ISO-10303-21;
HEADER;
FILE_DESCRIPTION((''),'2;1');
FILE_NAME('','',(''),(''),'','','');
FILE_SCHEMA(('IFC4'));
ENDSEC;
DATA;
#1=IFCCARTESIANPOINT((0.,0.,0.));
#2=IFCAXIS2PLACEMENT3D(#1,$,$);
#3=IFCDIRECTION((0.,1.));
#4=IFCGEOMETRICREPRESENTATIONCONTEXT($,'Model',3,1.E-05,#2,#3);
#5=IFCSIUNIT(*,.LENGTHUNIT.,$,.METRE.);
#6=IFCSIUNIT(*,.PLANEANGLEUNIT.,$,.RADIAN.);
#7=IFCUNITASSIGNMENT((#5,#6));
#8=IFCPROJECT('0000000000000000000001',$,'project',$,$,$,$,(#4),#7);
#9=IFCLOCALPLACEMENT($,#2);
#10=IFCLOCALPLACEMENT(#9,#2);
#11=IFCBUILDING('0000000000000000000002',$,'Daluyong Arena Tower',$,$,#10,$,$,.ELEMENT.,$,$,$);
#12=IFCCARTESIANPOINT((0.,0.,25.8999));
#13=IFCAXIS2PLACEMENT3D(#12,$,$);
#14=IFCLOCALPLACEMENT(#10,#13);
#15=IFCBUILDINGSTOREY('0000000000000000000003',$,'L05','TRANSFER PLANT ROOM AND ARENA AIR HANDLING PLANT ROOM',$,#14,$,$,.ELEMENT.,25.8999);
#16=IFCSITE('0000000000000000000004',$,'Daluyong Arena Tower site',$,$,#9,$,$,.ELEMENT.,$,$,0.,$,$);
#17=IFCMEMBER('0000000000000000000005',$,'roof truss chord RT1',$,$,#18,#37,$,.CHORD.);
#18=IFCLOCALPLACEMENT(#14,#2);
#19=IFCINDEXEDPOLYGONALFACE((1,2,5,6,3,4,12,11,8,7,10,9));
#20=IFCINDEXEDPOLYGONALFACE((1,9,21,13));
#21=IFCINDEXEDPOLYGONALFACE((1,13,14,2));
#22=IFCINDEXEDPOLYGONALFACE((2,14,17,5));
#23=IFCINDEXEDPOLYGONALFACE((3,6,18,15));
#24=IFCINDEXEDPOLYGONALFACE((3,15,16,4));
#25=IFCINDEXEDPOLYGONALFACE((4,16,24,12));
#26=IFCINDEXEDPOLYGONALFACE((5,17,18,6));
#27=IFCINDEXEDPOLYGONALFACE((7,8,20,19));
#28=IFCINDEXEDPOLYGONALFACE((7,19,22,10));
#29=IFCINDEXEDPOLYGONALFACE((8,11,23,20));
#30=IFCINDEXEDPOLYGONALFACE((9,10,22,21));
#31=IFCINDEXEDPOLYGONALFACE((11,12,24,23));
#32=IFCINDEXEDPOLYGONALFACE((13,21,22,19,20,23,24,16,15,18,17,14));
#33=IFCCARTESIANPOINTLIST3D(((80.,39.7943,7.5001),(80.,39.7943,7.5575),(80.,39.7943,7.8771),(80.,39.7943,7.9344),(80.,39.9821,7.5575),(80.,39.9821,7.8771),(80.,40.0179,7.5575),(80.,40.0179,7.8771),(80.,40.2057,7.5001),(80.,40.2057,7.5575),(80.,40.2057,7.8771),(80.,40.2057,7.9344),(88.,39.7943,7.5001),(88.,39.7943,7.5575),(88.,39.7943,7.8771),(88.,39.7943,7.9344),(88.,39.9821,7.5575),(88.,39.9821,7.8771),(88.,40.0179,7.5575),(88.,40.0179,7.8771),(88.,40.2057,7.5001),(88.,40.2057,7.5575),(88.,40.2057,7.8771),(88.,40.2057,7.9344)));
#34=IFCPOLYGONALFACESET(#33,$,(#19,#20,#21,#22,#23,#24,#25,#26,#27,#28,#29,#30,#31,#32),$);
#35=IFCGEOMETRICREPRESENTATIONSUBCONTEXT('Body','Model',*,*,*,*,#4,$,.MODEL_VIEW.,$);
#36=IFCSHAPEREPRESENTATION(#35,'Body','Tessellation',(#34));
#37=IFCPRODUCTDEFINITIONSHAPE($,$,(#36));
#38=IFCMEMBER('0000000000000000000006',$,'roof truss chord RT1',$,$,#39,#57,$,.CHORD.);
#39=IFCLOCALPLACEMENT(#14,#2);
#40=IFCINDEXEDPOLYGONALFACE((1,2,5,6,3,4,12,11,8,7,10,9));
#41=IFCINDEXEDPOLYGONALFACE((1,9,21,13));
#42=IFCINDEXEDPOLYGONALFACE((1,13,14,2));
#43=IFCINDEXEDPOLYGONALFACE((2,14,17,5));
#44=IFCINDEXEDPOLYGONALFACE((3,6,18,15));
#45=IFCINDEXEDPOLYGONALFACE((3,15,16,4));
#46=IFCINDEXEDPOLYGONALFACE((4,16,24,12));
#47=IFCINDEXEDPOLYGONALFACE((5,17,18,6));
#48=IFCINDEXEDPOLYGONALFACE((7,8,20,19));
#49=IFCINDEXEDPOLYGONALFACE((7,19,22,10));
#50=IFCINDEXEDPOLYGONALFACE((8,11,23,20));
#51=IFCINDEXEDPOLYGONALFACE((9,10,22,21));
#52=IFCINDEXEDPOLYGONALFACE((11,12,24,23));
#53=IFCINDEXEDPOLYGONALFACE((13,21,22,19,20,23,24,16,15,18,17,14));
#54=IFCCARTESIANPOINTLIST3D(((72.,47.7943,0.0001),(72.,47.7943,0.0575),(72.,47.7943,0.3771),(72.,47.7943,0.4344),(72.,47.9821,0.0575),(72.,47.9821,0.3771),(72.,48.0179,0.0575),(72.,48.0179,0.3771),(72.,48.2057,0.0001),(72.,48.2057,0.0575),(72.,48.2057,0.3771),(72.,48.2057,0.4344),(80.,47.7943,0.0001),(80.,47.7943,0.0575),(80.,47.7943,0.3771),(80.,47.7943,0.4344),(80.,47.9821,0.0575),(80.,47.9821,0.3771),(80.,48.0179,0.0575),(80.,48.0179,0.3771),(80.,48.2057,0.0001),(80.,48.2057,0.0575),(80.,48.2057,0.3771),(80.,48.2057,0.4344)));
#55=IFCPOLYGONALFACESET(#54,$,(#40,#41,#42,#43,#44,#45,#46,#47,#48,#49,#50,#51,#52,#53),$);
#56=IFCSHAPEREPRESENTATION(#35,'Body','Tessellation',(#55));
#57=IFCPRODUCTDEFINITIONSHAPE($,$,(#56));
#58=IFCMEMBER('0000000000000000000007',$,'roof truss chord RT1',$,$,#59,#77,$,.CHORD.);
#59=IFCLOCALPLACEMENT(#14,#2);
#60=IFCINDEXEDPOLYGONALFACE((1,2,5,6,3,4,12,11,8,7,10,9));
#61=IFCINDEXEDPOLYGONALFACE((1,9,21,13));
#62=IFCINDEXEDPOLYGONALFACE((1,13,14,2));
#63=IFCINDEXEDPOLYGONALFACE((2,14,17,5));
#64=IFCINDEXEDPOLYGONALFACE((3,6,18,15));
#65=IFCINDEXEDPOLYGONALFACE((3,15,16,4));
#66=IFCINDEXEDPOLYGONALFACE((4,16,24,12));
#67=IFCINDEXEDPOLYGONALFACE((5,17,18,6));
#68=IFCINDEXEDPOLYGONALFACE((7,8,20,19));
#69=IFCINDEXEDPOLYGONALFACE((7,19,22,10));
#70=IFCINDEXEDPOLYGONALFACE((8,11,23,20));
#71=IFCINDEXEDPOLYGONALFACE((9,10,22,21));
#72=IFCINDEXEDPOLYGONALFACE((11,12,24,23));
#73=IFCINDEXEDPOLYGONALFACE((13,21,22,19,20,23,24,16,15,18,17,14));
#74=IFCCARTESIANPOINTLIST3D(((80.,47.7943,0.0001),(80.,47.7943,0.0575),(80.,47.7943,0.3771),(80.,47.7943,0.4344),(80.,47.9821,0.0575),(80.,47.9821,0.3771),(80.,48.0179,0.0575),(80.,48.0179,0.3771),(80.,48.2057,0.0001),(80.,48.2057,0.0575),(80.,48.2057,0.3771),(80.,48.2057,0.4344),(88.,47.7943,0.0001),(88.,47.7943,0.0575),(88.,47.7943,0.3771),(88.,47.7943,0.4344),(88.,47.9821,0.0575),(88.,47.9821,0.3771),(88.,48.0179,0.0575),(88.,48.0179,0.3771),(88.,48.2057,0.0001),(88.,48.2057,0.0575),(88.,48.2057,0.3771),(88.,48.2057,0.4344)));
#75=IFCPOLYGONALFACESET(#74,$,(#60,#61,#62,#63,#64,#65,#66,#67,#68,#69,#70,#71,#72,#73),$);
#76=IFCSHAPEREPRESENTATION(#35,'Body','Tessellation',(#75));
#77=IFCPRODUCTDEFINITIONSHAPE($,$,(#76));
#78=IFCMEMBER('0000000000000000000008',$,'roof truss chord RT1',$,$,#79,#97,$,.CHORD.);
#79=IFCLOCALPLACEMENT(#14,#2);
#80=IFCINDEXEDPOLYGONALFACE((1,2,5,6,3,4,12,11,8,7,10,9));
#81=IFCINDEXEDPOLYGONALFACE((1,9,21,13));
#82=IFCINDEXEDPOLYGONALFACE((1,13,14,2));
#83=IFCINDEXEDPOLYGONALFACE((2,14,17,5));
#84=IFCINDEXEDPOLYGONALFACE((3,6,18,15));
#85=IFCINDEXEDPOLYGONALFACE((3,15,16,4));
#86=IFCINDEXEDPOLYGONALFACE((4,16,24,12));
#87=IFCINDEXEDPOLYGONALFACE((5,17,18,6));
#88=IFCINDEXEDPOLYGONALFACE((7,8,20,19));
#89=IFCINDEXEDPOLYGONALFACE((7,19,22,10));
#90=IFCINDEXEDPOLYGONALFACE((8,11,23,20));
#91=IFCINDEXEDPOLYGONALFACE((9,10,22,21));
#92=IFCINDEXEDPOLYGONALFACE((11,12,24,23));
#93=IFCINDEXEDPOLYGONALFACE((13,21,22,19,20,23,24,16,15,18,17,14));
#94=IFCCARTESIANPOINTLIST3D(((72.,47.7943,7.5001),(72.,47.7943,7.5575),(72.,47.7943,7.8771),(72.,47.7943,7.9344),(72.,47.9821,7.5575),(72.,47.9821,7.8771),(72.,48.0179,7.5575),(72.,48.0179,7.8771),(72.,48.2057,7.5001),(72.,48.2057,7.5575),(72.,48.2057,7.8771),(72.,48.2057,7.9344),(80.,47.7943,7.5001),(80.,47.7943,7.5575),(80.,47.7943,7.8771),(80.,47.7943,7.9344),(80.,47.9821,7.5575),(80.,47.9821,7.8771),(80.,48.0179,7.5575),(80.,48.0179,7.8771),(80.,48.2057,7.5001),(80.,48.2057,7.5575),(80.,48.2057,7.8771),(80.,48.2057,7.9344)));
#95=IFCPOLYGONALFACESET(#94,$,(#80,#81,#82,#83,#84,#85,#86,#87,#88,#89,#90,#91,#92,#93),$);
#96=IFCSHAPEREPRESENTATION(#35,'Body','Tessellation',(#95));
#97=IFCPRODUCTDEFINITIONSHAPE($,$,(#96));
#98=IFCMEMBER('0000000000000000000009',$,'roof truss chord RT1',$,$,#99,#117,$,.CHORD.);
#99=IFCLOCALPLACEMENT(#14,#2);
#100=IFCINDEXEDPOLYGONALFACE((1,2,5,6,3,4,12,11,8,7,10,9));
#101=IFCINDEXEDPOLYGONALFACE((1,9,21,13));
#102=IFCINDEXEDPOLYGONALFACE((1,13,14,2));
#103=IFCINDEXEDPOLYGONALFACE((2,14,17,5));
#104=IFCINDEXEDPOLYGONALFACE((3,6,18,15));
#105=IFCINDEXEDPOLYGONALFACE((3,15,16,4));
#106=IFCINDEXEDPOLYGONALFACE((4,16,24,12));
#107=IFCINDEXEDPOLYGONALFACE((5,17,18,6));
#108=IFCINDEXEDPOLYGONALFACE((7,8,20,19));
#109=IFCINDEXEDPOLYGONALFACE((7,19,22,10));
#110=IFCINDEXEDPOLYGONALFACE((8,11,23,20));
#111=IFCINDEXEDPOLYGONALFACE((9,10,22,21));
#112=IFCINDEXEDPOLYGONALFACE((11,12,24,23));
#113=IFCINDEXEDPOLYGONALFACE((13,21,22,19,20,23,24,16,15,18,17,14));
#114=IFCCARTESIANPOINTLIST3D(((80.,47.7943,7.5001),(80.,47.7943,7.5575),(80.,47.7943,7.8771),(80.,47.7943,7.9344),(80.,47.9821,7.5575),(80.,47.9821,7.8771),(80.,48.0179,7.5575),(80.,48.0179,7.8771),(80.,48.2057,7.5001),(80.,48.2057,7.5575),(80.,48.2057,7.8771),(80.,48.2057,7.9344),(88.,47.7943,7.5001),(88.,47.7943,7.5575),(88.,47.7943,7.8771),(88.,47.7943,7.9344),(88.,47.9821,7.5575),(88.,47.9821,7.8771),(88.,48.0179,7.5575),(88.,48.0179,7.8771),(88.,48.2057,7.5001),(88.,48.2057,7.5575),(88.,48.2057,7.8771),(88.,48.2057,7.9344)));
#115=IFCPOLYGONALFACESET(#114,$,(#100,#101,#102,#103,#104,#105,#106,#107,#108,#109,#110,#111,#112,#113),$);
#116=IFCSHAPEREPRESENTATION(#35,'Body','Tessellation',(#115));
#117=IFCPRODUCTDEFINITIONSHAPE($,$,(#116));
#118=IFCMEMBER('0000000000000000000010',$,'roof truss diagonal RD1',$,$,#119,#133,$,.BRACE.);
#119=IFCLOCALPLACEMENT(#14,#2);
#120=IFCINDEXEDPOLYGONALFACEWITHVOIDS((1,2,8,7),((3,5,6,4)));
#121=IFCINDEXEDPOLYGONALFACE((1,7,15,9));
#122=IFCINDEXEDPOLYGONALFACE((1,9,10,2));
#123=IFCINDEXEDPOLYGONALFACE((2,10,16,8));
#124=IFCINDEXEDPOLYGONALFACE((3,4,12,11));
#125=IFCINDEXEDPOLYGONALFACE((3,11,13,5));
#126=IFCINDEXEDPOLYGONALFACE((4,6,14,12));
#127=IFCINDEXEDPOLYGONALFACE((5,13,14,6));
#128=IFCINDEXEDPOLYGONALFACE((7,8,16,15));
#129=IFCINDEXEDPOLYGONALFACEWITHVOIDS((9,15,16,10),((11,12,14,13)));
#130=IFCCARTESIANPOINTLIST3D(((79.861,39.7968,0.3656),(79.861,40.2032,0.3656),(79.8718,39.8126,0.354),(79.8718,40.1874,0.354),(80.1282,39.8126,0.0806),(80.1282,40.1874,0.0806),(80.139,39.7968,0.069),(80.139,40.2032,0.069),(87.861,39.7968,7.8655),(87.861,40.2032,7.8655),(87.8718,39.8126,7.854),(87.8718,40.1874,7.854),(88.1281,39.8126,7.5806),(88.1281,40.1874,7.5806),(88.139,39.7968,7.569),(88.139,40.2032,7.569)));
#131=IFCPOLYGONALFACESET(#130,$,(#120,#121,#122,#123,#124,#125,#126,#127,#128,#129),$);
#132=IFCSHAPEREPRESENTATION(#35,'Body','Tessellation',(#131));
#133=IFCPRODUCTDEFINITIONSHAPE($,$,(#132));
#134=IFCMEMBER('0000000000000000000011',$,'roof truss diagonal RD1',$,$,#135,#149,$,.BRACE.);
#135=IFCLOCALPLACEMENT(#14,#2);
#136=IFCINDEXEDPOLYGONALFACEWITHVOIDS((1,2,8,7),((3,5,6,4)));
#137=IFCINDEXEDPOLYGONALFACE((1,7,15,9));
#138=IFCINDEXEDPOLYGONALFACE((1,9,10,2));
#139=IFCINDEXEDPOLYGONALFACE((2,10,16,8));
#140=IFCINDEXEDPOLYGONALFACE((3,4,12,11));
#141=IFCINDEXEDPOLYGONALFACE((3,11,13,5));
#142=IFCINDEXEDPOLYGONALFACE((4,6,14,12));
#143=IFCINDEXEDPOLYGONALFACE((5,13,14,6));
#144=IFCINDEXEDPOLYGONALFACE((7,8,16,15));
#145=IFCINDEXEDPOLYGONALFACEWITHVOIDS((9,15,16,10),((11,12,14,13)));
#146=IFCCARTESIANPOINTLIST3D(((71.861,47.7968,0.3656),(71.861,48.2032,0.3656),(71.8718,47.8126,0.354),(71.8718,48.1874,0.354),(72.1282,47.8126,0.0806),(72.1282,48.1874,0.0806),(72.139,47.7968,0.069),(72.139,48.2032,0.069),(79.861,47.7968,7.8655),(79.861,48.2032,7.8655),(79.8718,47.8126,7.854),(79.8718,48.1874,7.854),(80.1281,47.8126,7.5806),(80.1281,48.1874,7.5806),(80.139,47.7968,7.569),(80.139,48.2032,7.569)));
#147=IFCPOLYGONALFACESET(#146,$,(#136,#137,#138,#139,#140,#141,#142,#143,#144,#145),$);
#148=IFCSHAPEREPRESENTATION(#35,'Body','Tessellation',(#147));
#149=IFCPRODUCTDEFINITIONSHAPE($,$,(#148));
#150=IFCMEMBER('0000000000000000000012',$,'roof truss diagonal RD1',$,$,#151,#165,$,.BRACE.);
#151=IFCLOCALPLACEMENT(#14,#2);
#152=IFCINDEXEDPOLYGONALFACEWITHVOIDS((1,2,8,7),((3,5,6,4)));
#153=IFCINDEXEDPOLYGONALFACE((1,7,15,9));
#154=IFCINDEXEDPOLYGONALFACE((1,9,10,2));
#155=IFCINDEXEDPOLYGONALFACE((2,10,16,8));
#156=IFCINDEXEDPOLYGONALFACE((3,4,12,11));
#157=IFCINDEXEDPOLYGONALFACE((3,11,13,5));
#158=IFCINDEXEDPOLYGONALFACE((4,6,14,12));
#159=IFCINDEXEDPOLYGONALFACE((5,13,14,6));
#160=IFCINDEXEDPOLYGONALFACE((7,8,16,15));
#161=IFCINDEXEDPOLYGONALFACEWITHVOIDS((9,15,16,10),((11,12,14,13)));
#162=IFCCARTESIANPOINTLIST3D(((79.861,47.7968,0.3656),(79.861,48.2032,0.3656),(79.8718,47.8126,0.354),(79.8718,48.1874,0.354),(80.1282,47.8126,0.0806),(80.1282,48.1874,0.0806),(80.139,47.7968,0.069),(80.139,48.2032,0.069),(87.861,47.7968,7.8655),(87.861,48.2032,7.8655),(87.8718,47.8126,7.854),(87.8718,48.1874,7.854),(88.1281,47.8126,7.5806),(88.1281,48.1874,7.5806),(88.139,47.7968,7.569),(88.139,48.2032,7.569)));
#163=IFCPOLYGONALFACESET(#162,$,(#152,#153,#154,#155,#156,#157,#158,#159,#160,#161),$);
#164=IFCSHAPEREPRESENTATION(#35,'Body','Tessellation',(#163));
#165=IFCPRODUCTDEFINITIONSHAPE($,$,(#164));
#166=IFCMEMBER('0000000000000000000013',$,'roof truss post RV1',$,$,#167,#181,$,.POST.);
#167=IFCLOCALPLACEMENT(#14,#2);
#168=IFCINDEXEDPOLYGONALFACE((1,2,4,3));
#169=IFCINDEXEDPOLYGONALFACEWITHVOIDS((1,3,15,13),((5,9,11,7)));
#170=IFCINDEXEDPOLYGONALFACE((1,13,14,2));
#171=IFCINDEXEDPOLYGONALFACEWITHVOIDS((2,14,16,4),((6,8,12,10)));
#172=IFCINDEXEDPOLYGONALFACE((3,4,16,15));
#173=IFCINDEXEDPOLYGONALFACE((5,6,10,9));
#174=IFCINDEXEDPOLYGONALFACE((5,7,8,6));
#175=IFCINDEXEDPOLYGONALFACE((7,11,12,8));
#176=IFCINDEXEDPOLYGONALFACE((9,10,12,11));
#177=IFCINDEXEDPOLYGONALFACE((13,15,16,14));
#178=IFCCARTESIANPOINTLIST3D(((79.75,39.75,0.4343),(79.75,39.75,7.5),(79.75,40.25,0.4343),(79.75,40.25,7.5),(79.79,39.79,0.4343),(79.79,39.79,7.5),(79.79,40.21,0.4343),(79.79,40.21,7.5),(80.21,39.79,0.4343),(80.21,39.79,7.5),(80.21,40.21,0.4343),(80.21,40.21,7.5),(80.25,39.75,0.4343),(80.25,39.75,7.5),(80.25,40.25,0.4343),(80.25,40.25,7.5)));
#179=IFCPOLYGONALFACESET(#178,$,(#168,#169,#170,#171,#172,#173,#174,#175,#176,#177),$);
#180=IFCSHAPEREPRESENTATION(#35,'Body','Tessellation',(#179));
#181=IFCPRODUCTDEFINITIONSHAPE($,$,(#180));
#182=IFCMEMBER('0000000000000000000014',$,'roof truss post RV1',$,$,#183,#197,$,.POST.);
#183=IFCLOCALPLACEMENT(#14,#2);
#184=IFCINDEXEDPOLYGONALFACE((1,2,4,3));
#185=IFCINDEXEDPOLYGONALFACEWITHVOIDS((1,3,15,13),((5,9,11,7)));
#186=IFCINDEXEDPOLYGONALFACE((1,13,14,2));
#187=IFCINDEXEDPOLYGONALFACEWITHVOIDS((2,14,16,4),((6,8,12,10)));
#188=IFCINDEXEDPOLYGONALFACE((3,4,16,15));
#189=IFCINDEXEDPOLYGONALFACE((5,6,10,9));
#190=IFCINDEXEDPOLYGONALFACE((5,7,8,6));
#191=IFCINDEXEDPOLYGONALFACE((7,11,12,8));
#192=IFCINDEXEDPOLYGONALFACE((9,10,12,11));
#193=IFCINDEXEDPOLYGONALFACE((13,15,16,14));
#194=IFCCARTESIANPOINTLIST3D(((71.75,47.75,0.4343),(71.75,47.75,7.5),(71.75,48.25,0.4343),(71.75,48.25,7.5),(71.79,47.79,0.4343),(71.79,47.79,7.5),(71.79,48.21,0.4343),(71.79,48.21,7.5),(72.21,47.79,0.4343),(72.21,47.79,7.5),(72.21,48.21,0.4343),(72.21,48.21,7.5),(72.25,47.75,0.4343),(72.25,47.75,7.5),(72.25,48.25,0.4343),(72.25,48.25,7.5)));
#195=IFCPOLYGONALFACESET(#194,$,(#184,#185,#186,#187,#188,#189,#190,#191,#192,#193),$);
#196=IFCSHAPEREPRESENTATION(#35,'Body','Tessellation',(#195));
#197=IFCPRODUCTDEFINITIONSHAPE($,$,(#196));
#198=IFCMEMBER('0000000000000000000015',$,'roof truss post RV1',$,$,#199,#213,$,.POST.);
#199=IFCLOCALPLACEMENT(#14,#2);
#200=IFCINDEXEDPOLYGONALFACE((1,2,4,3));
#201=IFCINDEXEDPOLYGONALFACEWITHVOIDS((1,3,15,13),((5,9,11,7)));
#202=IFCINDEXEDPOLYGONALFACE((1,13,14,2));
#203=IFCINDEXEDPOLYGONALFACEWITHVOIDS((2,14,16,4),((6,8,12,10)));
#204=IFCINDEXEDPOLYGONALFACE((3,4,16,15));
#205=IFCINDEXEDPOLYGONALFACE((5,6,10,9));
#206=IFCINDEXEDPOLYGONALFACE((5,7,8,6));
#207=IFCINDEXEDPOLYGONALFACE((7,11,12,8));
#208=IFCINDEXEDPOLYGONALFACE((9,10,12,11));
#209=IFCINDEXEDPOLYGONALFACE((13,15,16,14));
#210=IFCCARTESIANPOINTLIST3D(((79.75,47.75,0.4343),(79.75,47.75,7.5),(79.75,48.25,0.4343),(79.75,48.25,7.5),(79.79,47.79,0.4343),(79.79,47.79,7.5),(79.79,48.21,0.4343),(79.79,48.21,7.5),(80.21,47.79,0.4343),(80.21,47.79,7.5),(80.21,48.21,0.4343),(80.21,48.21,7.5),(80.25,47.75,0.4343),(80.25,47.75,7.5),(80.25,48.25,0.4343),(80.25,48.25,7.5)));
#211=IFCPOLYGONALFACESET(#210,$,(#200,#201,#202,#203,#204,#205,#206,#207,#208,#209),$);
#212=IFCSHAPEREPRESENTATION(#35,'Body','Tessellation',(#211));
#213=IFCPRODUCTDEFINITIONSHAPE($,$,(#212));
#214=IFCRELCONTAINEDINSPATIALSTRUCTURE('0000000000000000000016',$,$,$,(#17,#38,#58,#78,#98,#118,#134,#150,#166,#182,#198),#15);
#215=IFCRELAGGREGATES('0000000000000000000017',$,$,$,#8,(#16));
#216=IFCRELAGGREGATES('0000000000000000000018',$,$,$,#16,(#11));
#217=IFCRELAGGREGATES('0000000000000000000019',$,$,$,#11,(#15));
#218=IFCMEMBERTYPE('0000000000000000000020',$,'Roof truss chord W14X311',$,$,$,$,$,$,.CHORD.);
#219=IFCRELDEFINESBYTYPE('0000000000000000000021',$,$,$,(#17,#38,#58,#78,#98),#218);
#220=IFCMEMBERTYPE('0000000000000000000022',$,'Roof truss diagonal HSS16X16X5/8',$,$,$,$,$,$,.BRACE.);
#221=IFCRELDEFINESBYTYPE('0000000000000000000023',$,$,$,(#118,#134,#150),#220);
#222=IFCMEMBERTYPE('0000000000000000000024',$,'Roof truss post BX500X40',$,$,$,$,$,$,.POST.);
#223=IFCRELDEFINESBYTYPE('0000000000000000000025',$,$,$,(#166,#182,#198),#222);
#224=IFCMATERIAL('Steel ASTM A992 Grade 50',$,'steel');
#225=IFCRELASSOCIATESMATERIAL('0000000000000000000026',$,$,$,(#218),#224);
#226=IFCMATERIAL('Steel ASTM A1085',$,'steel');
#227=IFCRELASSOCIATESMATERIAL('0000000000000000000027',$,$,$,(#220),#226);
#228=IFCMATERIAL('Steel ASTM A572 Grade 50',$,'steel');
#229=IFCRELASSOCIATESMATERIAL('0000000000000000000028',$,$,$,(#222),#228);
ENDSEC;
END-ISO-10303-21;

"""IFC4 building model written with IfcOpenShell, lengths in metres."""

from ifc_helpers import new_model, si_unit, direction, frame, origin, origin_2d, place, context, subcontext, project, spatial, hollow_rectangle, i_section, extrude, material, material_profile, profile_set, type_object, element, save


model = new_model("IFC4")

# Units and contexts
model_context = context("Model", 3, precision=1e-05, world=origin(), true_north=direction((0.0, 1.0)))
body_context = subcontext(model_context, "Body", "Model", "MODEL_VIEW")
ifc_project = project(units=[si_unit("LENGTHUNIT", "METRE"), si_unit("PLANEANGLEUNIT", "RADIAN")], contexts=[model_context])

# Site, building, storey
site_placement = place(None, origin())
site = spatial("IfcSite", under=ifc_project, at=site_placement, Name="Daluyong Arena Tower site", CompositionType="ELEMENT", RefElevation=0.0)
building_placement = place(site_placement, origin())
building = spatial("IfcBuilding", under=site, at=building_placement, Name="Daluyong Arena Tower", CompositionType="ELEMENT")
storey_placement = place(building_placement, frame((0.0, 0.0, 25.8999)))
storey = spatial("IfcBuildingStorey", under=building, at=storey_placement, Name="L05", Description="TRANSFER PLANT ROOM AND ARENA AIR HANDLING PLANT ROOM", CompositionType="ELEMENT", Elevation=25.8999)

# Members
ifc_material_1 = material(Name="Steel ASTM A992 Grade 50", Category="steel")
ifc_material_profile_1 = material_profile(ifc_material_1, i_section(OverallWidth=0.4114, OverallDepth=0.4343, WebThickness=0.0359, FlangeThickness=0.0574, at=origin_2d()))
ifc_profile_set_1 = profile_set([ifc_material_profile_1], Name="Steel ASTM A992 Grade 50")
member_type_1 = type_object("IfcMemberType", Name="Roof truss chord W14X311", PredefinedType="CHORD", material=ifc_profile_set_1)
for number, where, z_axis, x_axis, name in (
    (1, (80.0, 40.0, 7.7173), (1.0, 0.0, 0.0), (0.0, 1.0, 0.0), "roof truss chord RT1"),
    (2, (72.0, 48.0, 0.2173), (1.0, 0.0, 0.0), (0.0, 1.0, 0.0), "roof truss chord RT1"),
    (3, (80.0, 48.0, 0.2173), (1.0, 0.0, 0.0), (0.0, 1.0, 0.0), "roof truss chord RT1"),
    (4, (72.0, 48.0, 7.7173), (1.0, 0.0, 0.0), (0.0, 1.0, 0.0), "roof truss chord RT1"),
    (5, (80.0, 48.0, 7.7173), (1.0, 0.0, 0.0), (0.0, 1.0, 0.0), "roof truss chord RT1"),
):
    element("IfcMember", number, at=place(storey_placement, frame(where, z_axis=z_axis, x_axis=x_axis)), inside=storey, type_object=member_type_1, Name=name, PredefinedType="CHORD", context=body_context, shape_type="SweptSolid", body=[
        extrude(i_section(OverallWidth=0.4114, OverallDepth=0.4343, WebThickness=0.0359, FlangeThickness=0.0574, at=origin_2d()), origin(), (0.0, 0.0, 1.0), 8.0),
    ])
ifc_material_2 = material(Name="Steel ASTM A1085", Category="steel")
ifc_material_profile_2 = material_profile(ifc_material_2, hollow_rectangle(XDim=0.4065, YDim=0.4065, WallThickness=0.0159, at=origin_2d()))
ifc_profile_set_2 = profile_set([ifc_material_profile_2], Name="Steel ASTM A1085")
member_type_2 = type_object("IfcMemberType", Name="Roof truss diagonal HSS16X16X5/8", PredefinedType="BRACE", material=ifc_profile_set_2)
for number, where, z_axis, x_axis, name in (
    (6, (80.0, 40.0, 0.2173), (0.729537, 0.0, 0.683941), (0.0, 1.0, 0.0), "roof truss diagonal RD1"),
    (7, (72.0, 48.0, 0.2173), (0.729537, 0.0, 0.683941), (0.0, 1.0, 0.0), "roof truss diagonal RD1"),
    (8, (80.0, 48.0, 0.2173), (0.729537, 0.0, 0.683941), (0.0, 1.0, 0.0), "roof truss diagonal RD1"),
):
    element("IfcMember", number, at=place(storey_placement, frame(where, z_axis=z_axis, x_axis=x_axis)), inside=storey, type_object=member_type_2, Name=name, PredefinedType="BRACE", context=body_context, shape_type="SweptSolid", body=[
        extrude(hollow_rectangle(XDim=0.4065, YDim=0.4065, WallThickness=0.0159, at=origin_2d()), origin(), (0.0, 0.0, 1.0), 10.9658),
    ])
ifc_material_3 = material(Name="Steel ASTM A572 Grade 50", Category="steel")
ifc_material_profile_3 = material_profile(ifc_material_3, hollow_rectangle(XDim=0.5, YDim=0.5, WallThickness=0.04, at=origin_2d()))
ifc_profile_set_3 = profile_set([ifc_material_profile_3], Name="Steel ASTM A572 Grade 50")
member_type_3 = type_object("IfcMemberType", Name="Roof truss post BX500X40", PredefinedType="POST", material=ifc_profile_set_3)
for number, where, z_axis, x_axis, name in (
    (9, (80.0, 40.0, 0.4343), (0.0, 0.0, 1.0), (1.0, 0.0, 0.0), "roof truss post RV1"),
    (10, (72.0, 48.0, 0.4343), (0.0, 0.0, 1.0), (1.0, 0.0, 0.0), "roof truss post RV1"),
    (11, (80.0, 48.0, 0.4343), (0.0, 0.0, 1.0), (1.0, 0.0, 0.0), "roof truss post RV1"),
):
    element("IfcMember", number, at=place(storey_placement, frame(where, z_axis=z_axis, x_axis=x_axis)), inside=storey, type_object=member_type_3, Name=name, PredefinedType="POST", context=body_context, shape_type="SweptSolid", body=[
        extrude(hollow_rectangle(XDim=0.5, YDim=0.5, WallThickness=0.04, at=origin_2d()), origin(), (0.0, 0.0, 1.0), 7.0657),
    ])

save(model, "model.ifc")
